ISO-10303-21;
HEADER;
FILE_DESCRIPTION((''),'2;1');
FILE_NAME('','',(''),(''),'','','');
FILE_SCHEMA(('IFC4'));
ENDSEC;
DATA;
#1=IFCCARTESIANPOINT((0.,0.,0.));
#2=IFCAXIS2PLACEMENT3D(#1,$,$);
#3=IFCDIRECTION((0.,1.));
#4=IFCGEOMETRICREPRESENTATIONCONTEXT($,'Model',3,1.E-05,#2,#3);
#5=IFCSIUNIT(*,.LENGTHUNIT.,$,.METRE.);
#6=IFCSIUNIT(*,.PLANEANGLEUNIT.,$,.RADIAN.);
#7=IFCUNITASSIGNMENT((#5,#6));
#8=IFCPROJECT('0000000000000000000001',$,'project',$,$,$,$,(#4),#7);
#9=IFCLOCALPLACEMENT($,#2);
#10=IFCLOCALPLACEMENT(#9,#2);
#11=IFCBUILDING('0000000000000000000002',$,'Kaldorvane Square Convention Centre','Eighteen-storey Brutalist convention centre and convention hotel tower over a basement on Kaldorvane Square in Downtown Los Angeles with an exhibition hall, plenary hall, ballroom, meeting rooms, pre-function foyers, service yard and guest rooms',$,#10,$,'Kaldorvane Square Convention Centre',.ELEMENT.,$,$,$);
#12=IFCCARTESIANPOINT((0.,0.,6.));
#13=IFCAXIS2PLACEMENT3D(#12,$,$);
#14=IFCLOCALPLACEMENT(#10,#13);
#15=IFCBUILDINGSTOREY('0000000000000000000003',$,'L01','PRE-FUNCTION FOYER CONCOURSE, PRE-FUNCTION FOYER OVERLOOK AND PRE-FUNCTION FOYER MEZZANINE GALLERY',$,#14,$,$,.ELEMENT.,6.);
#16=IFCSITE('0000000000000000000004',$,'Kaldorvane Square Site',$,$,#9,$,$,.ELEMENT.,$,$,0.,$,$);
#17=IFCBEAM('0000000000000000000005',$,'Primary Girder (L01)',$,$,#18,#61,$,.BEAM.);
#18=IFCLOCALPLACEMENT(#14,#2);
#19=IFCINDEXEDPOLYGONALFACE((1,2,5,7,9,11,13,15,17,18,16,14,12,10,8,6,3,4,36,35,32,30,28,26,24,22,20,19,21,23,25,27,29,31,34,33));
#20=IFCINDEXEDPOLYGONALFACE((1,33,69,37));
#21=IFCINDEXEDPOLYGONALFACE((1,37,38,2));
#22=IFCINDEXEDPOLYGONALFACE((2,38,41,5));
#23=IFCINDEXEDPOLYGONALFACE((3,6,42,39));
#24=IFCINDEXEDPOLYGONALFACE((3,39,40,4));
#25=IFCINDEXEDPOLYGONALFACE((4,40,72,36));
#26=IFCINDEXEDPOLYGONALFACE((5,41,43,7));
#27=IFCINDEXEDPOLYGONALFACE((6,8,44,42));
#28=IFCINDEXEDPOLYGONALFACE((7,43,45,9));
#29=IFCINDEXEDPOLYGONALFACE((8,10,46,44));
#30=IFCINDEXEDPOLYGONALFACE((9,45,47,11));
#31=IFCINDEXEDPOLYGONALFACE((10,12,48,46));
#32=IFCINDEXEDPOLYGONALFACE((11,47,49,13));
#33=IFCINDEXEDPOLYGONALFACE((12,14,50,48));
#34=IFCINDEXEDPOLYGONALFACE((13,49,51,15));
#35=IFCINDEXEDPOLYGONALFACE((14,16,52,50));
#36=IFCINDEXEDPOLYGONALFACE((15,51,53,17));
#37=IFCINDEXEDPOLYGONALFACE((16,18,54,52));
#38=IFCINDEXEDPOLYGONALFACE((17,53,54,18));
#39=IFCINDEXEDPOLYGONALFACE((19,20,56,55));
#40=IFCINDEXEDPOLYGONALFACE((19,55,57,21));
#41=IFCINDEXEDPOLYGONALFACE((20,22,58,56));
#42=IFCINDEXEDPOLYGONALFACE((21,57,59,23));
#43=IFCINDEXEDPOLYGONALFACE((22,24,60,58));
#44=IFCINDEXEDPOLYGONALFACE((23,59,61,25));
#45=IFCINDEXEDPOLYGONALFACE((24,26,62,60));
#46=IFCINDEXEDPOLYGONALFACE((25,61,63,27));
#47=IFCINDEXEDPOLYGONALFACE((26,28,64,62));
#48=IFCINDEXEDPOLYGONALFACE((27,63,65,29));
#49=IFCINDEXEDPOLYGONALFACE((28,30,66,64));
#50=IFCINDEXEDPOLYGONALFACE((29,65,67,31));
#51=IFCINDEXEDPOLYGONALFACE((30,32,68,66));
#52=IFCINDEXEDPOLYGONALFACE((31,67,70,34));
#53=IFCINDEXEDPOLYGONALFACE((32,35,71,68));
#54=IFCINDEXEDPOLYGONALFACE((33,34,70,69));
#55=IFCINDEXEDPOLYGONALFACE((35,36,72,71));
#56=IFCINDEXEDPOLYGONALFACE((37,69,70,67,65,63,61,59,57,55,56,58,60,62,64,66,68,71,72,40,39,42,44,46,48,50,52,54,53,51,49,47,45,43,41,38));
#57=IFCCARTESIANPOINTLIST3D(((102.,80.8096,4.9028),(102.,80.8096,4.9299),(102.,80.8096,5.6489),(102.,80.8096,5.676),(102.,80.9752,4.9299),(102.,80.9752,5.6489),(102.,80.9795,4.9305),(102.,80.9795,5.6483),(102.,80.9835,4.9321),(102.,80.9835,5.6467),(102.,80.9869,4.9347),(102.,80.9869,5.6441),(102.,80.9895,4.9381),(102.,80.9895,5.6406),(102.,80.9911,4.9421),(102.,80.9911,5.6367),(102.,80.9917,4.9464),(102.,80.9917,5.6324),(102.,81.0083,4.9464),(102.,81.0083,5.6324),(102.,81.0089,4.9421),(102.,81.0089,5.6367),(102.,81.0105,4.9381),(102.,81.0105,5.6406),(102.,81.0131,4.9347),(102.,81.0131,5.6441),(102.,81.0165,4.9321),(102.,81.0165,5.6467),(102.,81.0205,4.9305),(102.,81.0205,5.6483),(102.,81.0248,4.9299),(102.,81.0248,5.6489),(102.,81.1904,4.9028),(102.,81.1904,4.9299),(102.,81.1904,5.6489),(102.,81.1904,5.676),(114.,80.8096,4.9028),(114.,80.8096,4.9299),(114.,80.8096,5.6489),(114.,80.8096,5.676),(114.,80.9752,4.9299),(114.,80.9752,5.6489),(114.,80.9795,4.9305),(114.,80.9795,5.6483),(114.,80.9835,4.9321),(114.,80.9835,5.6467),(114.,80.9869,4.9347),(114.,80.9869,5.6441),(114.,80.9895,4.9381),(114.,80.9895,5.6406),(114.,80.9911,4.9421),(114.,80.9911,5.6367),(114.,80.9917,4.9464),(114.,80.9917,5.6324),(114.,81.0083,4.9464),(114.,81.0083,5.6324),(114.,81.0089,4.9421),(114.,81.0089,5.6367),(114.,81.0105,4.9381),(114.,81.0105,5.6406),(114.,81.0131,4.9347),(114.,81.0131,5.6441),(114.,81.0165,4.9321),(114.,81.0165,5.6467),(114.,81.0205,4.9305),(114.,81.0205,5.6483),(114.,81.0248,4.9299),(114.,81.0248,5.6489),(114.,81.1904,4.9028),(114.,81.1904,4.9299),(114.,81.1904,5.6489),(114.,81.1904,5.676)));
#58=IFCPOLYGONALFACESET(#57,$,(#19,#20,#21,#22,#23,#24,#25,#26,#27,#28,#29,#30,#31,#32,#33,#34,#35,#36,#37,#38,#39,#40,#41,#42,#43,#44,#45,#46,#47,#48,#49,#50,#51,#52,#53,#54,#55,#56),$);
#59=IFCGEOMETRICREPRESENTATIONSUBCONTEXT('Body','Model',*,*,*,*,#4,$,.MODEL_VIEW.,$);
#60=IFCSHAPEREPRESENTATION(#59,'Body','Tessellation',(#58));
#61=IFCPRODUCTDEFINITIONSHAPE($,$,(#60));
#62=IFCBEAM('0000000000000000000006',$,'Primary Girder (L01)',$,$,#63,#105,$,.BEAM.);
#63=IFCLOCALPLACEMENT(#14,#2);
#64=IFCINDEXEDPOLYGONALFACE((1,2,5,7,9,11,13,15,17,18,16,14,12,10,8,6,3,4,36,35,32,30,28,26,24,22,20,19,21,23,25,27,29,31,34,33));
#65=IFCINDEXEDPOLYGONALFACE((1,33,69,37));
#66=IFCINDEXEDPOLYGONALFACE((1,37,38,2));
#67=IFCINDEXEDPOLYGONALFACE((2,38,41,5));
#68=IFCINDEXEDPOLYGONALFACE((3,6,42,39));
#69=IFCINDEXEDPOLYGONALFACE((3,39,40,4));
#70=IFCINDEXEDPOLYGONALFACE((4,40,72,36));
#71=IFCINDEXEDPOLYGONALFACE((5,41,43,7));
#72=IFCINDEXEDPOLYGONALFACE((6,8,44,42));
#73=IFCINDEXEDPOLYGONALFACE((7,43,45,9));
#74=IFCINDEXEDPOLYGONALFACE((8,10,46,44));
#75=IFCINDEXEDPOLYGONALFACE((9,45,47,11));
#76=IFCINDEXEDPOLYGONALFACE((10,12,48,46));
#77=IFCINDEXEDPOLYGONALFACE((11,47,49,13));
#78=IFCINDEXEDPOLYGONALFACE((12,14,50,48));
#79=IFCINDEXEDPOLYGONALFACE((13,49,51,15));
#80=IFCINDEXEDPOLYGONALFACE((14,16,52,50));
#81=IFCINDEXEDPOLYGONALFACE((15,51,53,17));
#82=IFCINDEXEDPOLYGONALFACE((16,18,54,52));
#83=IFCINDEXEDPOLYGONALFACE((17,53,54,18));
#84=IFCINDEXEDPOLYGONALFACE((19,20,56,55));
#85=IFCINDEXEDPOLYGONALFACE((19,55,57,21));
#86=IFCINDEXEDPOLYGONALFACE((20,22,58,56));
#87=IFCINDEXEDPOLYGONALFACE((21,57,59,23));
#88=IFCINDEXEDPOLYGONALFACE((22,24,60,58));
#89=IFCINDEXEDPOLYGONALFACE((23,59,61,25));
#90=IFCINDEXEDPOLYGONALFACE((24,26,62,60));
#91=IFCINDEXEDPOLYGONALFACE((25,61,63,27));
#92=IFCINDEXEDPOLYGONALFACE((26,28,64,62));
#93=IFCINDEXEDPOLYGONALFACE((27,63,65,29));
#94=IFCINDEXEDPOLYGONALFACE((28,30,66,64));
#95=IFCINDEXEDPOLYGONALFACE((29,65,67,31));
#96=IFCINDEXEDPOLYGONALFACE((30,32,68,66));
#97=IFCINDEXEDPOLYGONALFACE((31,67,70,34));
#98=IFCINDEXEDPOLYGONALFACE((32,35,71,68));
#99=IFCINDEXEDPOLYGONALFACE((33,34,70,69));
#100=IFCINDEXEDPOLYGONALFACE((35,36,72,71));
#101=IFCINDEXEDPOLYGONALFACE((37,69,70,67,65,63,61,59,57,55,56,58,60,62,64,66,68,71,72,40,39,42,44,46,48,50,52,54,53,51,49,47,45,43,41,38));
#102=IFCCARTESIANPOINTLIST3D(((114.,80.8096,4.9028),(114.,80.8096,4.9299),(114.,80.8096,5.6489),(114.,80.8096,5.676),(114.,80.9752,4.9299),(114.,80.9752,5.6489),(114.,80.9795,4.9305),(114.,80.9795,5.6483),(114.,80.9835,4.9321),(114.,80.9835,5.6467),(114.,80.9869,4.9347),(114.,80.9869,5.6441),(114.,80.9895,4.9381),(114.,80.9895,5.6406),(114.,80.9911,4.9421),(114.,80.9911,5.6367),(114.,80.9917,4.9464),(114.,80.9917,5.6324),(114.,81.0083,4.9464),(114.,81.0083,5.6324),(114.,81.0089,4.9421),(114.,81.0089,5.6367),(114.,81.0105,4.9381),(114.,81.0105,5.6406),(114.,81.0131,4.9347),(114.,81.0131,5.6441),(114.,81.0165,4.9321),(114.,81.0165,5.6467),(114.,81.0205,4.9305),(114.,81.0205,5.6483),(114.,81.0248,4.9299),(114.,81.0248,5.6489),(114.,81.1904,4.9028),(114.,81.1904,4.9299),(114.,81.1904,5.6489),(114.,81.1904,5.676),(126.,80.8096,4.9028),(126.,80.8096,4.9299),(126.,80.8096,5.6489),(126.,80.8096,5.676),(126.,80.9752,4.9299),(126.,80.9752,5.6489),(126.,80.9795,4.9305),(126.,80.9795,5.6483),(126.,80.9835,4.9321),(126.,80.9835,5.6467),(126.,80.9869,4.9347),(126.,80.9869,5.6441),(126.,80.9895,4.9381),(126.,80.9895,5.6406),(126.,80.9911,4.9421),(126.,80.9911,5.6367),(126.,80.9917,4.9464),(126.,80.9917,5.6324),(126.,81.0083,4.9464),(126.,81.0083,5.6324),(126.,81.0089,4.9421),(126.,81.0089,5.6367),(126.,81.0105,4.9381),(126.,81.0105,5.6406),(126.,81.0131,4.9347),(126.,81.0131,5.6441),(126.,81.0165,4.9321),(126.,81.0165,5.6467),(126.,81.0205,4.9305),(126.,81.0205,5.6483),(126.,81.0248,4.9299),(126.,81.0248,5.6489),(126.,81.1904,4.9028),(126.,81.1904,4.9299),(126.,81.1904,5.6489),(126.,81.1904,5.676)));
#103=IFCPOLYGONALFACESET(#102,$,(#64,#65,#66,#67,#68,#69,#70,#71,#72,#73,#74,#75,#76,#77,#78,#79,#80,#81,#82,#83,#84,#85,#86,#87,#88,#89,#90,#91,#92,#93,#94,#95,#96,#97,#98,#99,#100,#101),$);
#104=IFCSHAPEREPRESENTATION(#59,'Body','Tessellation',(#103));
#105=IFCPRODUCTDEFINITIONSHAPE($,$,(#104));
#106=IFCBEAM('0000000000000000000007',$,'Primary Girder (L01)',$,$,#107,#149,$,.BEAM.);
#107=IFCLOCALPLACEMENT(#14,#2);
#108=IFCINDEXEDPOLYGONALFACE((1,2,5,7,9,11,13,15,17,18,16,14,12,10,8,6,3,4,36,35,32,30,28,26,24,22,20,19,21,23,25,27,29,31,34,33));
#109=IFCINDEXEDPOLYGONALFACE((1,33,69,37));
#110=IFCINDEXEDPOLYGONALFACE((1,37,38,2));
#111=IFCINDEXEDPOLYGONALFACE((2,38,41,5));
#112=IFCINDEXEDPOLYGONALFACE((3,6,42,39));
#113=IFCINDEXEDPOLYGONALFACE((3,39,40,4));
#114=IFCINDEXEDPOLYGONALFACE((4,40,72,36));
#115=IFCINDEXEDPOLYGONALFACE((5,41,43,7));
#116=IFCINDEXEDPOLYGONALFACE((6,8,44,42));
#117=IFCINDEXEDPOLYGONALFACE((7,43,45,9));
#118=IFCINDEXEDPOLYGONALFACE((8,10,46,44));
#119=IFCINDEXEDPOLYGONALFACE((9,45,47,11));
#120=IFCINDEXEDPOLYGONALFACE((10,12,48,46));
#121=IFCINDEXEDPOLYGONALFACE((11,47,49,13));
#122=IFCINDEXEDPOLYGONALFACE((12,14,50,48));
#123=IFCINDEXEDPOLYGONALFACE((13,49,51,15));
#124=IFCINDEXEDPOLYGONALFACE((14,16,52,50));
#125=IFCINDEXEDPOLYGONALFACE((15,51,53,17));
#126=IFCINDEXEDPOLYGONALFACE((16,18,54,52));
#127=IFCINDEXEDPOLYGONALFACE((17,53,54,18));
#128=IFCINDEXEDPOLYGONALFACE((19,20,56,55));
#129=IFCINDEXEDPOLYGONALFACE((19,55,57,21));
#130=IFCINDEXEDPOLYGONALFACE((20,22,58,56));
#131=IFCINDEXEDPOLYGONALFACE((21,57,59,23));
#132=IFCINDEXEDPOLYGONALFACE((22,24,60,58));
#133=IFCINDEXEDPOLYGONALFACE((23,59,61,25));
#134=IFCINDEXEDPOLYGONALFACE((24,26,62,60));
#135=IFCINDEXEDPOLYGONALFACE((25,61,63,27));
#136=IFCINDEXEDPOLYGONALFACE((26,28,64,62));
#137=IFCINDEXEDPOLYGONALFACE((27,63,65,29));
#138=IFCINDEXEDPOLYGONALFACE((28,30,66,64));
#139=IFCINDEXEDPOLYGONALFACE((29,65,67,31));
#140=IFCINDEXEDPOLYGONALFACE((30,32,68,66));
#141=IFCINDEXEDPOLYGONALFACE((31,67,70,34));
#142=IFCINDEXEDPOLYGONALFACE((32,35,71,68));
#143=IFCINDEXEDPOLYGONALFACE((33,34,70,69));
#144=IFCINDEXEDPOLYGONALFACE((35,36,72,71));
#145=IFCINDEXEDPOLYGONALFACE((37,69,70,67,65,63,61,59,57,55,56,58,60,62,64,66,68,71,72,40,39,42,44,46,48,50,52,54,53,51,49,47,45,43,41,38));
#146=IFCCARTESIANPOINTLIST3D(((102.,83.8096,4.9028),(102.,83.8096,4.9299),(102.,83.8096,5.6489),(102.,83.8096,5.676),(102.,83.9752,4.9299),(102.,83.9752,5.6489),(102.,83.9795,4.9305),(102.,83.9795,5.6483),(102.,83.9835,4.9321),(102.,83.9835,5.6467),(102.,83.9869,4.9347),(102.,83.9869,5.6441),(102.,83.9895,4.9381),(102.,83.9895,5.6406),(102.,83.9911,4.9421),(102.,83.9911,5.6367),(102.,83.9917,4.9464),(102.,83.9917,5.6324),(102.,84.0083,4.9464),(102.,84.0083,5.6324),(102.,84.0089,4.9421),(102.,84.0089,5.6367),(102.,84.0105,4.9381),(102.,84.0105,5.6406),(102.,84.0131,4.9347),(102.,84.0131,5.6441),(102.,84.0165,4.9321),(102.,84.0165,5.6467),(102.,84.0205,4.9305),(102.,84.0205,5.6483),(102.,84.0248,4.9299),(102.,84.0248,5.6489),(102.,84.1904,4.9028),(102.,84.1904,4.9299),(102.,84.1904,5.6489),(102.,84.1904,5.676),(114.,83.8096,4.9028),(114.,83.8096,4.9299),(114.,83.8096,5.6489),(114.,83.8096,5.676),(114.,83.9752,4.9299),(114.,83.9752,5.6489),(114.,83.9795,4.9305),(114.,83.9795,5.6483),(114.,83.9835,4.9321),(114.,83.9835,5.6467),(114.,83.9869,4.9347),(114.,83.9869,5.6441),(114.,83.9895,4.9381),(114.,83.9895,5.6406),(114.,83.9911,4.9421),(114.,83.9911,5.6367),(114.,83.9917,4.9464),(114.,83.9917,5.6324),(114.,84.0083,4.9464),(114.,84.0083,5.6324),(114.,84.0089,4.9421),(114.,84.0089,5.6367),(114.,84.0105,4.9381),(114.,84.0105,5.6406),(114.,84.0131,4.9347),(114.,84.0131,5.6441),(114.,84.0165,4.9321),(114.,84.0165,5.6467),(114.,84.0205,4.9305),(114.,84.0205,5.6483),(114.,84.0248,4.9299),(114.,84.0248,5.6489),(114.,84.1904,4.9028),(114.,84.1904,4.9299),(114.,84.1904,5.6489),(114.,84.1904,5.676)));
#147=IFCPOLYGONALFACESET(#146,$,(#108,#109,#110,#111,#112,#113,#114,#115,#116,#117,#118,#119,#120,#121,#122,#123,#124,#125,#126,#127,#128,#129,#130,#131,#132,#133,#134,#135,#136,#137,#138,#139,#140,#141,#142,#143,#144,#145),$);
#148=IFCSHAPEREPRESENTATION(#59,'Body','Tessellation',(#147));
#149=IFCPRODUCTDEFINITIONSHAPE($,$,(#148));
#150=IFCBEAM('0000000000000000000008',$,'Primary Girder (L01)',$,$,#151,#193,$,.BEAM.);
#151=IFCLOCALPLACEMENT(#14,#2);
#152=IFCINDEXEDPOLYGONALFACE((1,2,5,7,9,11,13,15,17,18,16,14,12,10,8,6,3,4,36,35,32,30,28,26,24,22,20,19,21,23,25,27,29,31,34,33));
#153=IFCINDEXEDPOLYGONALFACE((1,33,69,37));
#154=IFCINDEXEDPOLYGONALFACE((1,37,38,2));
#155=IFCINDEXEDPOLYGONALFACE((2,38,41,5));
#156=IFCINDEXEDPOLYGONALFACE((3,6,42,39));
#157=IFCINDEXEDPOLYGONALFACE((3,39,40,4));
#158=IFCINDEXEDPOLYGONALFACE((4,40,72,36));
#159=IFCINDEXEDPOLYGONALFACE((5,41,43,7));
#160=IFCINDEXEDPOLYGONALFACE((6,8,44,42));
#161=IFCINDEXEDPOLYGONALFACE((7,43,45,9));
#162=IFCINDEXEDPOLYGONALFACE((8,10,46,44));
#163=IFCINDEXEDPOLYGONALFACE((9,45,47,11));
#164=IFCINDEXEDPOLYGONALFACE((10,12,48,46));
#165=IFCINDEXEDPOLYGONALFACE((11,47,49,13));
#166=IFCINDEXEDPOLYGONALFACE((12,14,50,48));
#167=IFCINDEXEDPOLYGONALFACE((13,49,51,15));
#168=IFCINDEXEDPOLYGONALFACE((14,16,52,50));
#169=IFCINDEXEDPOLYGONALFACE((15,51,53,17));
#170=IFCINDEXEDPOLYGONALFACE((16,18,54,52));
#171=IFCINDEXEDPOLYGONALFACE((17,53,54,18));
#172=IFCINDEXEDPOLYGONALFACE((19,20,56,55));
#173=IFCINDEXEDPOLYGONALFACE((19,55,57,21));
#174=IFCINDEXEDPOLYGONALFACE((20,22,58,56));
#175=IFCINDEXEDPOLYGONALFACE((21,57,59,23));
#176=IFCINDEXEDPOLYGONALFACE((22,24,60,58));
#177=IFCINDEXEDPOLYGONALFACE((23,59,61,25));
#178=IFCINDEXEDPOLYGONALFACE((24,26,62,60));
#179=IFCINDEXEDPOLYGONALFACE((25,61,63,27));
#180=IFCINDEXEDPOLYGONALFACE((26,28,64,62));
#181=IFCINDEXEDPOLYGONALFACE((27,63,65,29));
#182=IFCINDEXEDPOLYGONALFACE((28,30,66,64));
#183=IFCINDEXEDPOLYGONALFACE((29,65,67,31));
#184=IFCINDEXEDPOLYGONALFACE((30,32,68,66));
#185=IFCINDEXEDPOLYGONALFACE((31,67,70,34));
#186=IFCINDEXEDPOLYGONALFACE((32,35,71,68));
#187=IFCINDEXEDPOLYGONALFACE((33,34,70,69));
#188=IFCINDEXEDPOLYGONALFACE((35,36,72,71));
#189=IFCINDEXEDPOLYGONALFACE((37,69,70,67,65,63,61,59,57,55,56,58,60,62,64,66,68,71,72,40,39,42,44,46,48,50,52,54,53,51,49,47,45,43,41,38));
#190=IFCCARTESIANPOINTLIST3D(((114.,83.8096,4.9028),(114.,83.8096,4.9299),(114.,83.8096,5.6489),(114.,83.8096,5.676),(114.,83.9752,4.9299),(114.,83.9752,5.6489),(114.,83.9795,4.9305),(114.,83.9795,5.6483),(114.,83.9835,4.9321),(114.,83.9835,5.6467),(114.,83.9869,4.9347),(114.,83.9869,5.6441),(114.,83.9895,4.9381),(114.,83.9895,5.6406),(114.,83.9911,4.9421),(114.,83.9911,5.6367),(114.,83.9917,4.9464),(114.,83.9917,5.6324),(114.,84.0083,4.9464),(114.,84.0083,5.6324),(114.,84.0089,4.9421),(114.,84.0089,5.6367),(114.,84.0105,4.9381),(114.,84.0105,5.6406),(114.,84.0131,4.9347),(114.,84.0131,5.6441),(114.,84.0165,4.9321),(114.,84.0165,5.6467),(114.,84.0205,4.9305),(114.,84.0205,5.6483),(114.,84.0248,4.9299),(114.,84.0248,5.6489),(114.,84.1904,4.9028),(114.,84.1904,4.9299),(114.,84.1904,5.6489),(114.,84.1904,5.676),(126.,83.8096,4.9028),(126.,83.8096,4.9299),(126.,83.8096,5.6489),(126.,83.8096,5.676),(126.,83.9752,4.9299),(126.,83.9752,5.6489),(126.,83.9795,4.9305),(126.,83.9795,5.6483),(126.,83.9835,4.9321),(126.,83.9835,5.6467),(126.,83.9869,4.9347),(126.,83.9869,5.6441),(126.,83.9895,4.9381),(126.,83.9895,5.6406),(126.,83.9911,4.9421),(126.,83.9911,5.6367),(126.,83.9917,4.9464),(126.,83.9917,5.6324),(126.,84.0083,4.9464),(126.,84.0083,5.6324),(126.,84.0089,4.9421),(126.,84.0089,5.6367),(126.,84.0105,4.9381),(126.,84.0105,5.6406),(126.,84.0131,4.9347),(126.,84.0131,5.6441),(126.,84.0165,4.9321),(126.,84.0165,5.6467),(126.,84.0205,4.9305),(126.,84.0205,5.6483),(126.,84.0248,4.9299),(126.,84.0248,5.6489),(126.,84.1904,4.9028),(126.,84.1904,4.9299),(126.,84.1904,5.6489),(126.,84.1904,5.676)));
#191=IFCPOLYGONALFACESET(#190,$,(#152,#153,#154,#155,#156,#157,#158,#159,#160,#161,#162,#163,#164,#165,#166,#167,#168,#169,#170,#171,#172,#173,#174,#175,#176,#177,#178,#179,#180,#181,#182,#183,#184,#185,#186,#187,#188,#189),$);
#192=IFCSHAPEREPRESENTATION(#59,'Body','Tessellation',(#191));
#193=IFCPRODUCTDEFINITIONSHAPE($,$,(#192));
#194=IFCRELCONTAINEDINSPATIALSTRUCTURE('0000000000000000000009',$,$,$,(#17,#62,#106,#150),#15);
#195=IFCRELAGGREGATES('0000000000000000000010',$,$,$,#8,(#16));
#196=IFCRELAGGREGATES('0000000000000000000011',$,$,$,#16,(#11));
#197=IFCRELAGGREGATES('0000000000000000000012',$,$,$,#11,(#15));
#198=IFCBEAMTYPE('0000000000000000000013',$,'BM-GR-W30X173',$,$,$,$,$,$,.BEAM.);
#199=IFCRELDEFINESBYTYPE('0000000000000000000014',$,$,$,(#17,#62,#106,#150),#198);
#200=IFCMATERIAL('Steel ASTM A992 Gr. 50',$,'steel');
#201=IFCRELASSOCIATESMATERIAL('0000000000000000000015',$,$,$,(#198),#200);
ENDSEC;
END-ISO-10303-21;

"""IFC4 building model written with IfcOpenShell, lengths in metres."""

from ifc_helpers import new_model, si_unit, direction, frame, origin, origin_2d, place, context, subcontext, project, spatial, i_section, extrude, material, material_profile, profile_set, type_object, element, save


model = new_model("IFC4")

# Units and contexts
model_context = context("Model", 3, precision=1e-05, world=origin(), true_north=direction((0.0, 1.0)))
body_context = subcontext(model_context, "Body", "Model", "MODEL_VIEW")
ifc_project = project(units=[si_unit("LENGTHUNIT", "METRE"), si_unit("PLANEANGLEUNIT", "RADIAN")], contexts=[model_context])

# Site, building, storey
site_placement = place(None, origin())
site = spatial("IfcSite", under=ifc_project, at=site_placement, Name="Kaldorvane Square Site", CompositionType="ELEMENT", RefElevation=0.0)
building_placement = place(site_placement, origin())
building = spatial("IfcBuilding", under=site, at=building_placement, Name="Kaldorvane Square Convention Centre", Description="Eighteen-storey Brutalist convention centre and convention hotel tower over a basement on Kaldorvane Square in Downtown Los Angeles with an exhibition hall, plenary hall, ballroom, meeting rooms, pre-function foyers, service yard and guest rooms", LongName="Kaldorvane Square Convention Centre", CompositionType="ELEMENT")
storey_placement = place(building_placement, frame((0.0, 0.0, 6.0)))
storey = spatial("IfcBuildingStorey", under=building, at=storey_placement, Name="L01", Description="PRE-FUNCTION FOYER CONCOURSE, PRE-FUNCTION FOYER OVERLOOK AND PRE-FUNCTION FOYER MEZZANINE GALLERY", CompositionType="ELEMENT", Elevation=6.0)

# Shared definitions
ifc_material_1 = material(Name="Steel ASTM A992 Gr. 50", Category="steel")

# Beams
ifc_material_profile_1 = material_profile(ifc_material_1, i_section(OverallWidth=0.3807, OverallDepth=0.7732, WebThickness=0.0166, FlangeThickness=0.0271, FilletRadius=0.0165, at=origin_2d()), Name="W30X173")
ifc_profile_set_1 = profile_set([ifc_material_profile_1], Name="Steel ASTM A992 Gr. 50")
beam_type_1 = type_object("IfcBeamType", Name="BM-GR-W30X173", PredefinedType="BEAM", material=ifc_profile_set_1)
for number, where, z_axis, x_axis, name in (
    (1, (102.0, 81.0, 5.2894), (1.0, 0.0, 0.0), (0.0, 1.0, 0.0), "Primary Girder (L01)"),
    (2, (114.0, 81.0, 5.2894), (1.0, 0.0, 0.0), (0.0, 1.0, 0.0), "Primary Girder (L01)"),
    (3, (102.0, 84.0, 5.2894), (1.0, 0.0, 0.0), (0.0, 1.0, 0.0), "Primary Girder (L01)"),
    (4, (114.0, 84.0, 5.2894), (1.0, 0.0, 0.0), (0.0, 1.0, 0.0), "Primary Girder (L01)"),
):
    element("IfcBeam", number, at=place(storey_placement, frame(where, z_axis=z_axis, x_axis=x_axis)), inside=storey, type_object=beam_type_1, Name=name, PredefinedType="BEAM", context=body_context, shape_type="SweptSolid", body=[
        extrude(i_section(OverallWidth=0.3807, OverallDepth=0.7732, WebThickness=0.0166, FlangeThickness=0.0271, FilletRadius=0.0165, at=origin_2d()), origin(), (0.0, 0.0, 1.0), 12.0),
    ])

save(model, "model.ifc")
